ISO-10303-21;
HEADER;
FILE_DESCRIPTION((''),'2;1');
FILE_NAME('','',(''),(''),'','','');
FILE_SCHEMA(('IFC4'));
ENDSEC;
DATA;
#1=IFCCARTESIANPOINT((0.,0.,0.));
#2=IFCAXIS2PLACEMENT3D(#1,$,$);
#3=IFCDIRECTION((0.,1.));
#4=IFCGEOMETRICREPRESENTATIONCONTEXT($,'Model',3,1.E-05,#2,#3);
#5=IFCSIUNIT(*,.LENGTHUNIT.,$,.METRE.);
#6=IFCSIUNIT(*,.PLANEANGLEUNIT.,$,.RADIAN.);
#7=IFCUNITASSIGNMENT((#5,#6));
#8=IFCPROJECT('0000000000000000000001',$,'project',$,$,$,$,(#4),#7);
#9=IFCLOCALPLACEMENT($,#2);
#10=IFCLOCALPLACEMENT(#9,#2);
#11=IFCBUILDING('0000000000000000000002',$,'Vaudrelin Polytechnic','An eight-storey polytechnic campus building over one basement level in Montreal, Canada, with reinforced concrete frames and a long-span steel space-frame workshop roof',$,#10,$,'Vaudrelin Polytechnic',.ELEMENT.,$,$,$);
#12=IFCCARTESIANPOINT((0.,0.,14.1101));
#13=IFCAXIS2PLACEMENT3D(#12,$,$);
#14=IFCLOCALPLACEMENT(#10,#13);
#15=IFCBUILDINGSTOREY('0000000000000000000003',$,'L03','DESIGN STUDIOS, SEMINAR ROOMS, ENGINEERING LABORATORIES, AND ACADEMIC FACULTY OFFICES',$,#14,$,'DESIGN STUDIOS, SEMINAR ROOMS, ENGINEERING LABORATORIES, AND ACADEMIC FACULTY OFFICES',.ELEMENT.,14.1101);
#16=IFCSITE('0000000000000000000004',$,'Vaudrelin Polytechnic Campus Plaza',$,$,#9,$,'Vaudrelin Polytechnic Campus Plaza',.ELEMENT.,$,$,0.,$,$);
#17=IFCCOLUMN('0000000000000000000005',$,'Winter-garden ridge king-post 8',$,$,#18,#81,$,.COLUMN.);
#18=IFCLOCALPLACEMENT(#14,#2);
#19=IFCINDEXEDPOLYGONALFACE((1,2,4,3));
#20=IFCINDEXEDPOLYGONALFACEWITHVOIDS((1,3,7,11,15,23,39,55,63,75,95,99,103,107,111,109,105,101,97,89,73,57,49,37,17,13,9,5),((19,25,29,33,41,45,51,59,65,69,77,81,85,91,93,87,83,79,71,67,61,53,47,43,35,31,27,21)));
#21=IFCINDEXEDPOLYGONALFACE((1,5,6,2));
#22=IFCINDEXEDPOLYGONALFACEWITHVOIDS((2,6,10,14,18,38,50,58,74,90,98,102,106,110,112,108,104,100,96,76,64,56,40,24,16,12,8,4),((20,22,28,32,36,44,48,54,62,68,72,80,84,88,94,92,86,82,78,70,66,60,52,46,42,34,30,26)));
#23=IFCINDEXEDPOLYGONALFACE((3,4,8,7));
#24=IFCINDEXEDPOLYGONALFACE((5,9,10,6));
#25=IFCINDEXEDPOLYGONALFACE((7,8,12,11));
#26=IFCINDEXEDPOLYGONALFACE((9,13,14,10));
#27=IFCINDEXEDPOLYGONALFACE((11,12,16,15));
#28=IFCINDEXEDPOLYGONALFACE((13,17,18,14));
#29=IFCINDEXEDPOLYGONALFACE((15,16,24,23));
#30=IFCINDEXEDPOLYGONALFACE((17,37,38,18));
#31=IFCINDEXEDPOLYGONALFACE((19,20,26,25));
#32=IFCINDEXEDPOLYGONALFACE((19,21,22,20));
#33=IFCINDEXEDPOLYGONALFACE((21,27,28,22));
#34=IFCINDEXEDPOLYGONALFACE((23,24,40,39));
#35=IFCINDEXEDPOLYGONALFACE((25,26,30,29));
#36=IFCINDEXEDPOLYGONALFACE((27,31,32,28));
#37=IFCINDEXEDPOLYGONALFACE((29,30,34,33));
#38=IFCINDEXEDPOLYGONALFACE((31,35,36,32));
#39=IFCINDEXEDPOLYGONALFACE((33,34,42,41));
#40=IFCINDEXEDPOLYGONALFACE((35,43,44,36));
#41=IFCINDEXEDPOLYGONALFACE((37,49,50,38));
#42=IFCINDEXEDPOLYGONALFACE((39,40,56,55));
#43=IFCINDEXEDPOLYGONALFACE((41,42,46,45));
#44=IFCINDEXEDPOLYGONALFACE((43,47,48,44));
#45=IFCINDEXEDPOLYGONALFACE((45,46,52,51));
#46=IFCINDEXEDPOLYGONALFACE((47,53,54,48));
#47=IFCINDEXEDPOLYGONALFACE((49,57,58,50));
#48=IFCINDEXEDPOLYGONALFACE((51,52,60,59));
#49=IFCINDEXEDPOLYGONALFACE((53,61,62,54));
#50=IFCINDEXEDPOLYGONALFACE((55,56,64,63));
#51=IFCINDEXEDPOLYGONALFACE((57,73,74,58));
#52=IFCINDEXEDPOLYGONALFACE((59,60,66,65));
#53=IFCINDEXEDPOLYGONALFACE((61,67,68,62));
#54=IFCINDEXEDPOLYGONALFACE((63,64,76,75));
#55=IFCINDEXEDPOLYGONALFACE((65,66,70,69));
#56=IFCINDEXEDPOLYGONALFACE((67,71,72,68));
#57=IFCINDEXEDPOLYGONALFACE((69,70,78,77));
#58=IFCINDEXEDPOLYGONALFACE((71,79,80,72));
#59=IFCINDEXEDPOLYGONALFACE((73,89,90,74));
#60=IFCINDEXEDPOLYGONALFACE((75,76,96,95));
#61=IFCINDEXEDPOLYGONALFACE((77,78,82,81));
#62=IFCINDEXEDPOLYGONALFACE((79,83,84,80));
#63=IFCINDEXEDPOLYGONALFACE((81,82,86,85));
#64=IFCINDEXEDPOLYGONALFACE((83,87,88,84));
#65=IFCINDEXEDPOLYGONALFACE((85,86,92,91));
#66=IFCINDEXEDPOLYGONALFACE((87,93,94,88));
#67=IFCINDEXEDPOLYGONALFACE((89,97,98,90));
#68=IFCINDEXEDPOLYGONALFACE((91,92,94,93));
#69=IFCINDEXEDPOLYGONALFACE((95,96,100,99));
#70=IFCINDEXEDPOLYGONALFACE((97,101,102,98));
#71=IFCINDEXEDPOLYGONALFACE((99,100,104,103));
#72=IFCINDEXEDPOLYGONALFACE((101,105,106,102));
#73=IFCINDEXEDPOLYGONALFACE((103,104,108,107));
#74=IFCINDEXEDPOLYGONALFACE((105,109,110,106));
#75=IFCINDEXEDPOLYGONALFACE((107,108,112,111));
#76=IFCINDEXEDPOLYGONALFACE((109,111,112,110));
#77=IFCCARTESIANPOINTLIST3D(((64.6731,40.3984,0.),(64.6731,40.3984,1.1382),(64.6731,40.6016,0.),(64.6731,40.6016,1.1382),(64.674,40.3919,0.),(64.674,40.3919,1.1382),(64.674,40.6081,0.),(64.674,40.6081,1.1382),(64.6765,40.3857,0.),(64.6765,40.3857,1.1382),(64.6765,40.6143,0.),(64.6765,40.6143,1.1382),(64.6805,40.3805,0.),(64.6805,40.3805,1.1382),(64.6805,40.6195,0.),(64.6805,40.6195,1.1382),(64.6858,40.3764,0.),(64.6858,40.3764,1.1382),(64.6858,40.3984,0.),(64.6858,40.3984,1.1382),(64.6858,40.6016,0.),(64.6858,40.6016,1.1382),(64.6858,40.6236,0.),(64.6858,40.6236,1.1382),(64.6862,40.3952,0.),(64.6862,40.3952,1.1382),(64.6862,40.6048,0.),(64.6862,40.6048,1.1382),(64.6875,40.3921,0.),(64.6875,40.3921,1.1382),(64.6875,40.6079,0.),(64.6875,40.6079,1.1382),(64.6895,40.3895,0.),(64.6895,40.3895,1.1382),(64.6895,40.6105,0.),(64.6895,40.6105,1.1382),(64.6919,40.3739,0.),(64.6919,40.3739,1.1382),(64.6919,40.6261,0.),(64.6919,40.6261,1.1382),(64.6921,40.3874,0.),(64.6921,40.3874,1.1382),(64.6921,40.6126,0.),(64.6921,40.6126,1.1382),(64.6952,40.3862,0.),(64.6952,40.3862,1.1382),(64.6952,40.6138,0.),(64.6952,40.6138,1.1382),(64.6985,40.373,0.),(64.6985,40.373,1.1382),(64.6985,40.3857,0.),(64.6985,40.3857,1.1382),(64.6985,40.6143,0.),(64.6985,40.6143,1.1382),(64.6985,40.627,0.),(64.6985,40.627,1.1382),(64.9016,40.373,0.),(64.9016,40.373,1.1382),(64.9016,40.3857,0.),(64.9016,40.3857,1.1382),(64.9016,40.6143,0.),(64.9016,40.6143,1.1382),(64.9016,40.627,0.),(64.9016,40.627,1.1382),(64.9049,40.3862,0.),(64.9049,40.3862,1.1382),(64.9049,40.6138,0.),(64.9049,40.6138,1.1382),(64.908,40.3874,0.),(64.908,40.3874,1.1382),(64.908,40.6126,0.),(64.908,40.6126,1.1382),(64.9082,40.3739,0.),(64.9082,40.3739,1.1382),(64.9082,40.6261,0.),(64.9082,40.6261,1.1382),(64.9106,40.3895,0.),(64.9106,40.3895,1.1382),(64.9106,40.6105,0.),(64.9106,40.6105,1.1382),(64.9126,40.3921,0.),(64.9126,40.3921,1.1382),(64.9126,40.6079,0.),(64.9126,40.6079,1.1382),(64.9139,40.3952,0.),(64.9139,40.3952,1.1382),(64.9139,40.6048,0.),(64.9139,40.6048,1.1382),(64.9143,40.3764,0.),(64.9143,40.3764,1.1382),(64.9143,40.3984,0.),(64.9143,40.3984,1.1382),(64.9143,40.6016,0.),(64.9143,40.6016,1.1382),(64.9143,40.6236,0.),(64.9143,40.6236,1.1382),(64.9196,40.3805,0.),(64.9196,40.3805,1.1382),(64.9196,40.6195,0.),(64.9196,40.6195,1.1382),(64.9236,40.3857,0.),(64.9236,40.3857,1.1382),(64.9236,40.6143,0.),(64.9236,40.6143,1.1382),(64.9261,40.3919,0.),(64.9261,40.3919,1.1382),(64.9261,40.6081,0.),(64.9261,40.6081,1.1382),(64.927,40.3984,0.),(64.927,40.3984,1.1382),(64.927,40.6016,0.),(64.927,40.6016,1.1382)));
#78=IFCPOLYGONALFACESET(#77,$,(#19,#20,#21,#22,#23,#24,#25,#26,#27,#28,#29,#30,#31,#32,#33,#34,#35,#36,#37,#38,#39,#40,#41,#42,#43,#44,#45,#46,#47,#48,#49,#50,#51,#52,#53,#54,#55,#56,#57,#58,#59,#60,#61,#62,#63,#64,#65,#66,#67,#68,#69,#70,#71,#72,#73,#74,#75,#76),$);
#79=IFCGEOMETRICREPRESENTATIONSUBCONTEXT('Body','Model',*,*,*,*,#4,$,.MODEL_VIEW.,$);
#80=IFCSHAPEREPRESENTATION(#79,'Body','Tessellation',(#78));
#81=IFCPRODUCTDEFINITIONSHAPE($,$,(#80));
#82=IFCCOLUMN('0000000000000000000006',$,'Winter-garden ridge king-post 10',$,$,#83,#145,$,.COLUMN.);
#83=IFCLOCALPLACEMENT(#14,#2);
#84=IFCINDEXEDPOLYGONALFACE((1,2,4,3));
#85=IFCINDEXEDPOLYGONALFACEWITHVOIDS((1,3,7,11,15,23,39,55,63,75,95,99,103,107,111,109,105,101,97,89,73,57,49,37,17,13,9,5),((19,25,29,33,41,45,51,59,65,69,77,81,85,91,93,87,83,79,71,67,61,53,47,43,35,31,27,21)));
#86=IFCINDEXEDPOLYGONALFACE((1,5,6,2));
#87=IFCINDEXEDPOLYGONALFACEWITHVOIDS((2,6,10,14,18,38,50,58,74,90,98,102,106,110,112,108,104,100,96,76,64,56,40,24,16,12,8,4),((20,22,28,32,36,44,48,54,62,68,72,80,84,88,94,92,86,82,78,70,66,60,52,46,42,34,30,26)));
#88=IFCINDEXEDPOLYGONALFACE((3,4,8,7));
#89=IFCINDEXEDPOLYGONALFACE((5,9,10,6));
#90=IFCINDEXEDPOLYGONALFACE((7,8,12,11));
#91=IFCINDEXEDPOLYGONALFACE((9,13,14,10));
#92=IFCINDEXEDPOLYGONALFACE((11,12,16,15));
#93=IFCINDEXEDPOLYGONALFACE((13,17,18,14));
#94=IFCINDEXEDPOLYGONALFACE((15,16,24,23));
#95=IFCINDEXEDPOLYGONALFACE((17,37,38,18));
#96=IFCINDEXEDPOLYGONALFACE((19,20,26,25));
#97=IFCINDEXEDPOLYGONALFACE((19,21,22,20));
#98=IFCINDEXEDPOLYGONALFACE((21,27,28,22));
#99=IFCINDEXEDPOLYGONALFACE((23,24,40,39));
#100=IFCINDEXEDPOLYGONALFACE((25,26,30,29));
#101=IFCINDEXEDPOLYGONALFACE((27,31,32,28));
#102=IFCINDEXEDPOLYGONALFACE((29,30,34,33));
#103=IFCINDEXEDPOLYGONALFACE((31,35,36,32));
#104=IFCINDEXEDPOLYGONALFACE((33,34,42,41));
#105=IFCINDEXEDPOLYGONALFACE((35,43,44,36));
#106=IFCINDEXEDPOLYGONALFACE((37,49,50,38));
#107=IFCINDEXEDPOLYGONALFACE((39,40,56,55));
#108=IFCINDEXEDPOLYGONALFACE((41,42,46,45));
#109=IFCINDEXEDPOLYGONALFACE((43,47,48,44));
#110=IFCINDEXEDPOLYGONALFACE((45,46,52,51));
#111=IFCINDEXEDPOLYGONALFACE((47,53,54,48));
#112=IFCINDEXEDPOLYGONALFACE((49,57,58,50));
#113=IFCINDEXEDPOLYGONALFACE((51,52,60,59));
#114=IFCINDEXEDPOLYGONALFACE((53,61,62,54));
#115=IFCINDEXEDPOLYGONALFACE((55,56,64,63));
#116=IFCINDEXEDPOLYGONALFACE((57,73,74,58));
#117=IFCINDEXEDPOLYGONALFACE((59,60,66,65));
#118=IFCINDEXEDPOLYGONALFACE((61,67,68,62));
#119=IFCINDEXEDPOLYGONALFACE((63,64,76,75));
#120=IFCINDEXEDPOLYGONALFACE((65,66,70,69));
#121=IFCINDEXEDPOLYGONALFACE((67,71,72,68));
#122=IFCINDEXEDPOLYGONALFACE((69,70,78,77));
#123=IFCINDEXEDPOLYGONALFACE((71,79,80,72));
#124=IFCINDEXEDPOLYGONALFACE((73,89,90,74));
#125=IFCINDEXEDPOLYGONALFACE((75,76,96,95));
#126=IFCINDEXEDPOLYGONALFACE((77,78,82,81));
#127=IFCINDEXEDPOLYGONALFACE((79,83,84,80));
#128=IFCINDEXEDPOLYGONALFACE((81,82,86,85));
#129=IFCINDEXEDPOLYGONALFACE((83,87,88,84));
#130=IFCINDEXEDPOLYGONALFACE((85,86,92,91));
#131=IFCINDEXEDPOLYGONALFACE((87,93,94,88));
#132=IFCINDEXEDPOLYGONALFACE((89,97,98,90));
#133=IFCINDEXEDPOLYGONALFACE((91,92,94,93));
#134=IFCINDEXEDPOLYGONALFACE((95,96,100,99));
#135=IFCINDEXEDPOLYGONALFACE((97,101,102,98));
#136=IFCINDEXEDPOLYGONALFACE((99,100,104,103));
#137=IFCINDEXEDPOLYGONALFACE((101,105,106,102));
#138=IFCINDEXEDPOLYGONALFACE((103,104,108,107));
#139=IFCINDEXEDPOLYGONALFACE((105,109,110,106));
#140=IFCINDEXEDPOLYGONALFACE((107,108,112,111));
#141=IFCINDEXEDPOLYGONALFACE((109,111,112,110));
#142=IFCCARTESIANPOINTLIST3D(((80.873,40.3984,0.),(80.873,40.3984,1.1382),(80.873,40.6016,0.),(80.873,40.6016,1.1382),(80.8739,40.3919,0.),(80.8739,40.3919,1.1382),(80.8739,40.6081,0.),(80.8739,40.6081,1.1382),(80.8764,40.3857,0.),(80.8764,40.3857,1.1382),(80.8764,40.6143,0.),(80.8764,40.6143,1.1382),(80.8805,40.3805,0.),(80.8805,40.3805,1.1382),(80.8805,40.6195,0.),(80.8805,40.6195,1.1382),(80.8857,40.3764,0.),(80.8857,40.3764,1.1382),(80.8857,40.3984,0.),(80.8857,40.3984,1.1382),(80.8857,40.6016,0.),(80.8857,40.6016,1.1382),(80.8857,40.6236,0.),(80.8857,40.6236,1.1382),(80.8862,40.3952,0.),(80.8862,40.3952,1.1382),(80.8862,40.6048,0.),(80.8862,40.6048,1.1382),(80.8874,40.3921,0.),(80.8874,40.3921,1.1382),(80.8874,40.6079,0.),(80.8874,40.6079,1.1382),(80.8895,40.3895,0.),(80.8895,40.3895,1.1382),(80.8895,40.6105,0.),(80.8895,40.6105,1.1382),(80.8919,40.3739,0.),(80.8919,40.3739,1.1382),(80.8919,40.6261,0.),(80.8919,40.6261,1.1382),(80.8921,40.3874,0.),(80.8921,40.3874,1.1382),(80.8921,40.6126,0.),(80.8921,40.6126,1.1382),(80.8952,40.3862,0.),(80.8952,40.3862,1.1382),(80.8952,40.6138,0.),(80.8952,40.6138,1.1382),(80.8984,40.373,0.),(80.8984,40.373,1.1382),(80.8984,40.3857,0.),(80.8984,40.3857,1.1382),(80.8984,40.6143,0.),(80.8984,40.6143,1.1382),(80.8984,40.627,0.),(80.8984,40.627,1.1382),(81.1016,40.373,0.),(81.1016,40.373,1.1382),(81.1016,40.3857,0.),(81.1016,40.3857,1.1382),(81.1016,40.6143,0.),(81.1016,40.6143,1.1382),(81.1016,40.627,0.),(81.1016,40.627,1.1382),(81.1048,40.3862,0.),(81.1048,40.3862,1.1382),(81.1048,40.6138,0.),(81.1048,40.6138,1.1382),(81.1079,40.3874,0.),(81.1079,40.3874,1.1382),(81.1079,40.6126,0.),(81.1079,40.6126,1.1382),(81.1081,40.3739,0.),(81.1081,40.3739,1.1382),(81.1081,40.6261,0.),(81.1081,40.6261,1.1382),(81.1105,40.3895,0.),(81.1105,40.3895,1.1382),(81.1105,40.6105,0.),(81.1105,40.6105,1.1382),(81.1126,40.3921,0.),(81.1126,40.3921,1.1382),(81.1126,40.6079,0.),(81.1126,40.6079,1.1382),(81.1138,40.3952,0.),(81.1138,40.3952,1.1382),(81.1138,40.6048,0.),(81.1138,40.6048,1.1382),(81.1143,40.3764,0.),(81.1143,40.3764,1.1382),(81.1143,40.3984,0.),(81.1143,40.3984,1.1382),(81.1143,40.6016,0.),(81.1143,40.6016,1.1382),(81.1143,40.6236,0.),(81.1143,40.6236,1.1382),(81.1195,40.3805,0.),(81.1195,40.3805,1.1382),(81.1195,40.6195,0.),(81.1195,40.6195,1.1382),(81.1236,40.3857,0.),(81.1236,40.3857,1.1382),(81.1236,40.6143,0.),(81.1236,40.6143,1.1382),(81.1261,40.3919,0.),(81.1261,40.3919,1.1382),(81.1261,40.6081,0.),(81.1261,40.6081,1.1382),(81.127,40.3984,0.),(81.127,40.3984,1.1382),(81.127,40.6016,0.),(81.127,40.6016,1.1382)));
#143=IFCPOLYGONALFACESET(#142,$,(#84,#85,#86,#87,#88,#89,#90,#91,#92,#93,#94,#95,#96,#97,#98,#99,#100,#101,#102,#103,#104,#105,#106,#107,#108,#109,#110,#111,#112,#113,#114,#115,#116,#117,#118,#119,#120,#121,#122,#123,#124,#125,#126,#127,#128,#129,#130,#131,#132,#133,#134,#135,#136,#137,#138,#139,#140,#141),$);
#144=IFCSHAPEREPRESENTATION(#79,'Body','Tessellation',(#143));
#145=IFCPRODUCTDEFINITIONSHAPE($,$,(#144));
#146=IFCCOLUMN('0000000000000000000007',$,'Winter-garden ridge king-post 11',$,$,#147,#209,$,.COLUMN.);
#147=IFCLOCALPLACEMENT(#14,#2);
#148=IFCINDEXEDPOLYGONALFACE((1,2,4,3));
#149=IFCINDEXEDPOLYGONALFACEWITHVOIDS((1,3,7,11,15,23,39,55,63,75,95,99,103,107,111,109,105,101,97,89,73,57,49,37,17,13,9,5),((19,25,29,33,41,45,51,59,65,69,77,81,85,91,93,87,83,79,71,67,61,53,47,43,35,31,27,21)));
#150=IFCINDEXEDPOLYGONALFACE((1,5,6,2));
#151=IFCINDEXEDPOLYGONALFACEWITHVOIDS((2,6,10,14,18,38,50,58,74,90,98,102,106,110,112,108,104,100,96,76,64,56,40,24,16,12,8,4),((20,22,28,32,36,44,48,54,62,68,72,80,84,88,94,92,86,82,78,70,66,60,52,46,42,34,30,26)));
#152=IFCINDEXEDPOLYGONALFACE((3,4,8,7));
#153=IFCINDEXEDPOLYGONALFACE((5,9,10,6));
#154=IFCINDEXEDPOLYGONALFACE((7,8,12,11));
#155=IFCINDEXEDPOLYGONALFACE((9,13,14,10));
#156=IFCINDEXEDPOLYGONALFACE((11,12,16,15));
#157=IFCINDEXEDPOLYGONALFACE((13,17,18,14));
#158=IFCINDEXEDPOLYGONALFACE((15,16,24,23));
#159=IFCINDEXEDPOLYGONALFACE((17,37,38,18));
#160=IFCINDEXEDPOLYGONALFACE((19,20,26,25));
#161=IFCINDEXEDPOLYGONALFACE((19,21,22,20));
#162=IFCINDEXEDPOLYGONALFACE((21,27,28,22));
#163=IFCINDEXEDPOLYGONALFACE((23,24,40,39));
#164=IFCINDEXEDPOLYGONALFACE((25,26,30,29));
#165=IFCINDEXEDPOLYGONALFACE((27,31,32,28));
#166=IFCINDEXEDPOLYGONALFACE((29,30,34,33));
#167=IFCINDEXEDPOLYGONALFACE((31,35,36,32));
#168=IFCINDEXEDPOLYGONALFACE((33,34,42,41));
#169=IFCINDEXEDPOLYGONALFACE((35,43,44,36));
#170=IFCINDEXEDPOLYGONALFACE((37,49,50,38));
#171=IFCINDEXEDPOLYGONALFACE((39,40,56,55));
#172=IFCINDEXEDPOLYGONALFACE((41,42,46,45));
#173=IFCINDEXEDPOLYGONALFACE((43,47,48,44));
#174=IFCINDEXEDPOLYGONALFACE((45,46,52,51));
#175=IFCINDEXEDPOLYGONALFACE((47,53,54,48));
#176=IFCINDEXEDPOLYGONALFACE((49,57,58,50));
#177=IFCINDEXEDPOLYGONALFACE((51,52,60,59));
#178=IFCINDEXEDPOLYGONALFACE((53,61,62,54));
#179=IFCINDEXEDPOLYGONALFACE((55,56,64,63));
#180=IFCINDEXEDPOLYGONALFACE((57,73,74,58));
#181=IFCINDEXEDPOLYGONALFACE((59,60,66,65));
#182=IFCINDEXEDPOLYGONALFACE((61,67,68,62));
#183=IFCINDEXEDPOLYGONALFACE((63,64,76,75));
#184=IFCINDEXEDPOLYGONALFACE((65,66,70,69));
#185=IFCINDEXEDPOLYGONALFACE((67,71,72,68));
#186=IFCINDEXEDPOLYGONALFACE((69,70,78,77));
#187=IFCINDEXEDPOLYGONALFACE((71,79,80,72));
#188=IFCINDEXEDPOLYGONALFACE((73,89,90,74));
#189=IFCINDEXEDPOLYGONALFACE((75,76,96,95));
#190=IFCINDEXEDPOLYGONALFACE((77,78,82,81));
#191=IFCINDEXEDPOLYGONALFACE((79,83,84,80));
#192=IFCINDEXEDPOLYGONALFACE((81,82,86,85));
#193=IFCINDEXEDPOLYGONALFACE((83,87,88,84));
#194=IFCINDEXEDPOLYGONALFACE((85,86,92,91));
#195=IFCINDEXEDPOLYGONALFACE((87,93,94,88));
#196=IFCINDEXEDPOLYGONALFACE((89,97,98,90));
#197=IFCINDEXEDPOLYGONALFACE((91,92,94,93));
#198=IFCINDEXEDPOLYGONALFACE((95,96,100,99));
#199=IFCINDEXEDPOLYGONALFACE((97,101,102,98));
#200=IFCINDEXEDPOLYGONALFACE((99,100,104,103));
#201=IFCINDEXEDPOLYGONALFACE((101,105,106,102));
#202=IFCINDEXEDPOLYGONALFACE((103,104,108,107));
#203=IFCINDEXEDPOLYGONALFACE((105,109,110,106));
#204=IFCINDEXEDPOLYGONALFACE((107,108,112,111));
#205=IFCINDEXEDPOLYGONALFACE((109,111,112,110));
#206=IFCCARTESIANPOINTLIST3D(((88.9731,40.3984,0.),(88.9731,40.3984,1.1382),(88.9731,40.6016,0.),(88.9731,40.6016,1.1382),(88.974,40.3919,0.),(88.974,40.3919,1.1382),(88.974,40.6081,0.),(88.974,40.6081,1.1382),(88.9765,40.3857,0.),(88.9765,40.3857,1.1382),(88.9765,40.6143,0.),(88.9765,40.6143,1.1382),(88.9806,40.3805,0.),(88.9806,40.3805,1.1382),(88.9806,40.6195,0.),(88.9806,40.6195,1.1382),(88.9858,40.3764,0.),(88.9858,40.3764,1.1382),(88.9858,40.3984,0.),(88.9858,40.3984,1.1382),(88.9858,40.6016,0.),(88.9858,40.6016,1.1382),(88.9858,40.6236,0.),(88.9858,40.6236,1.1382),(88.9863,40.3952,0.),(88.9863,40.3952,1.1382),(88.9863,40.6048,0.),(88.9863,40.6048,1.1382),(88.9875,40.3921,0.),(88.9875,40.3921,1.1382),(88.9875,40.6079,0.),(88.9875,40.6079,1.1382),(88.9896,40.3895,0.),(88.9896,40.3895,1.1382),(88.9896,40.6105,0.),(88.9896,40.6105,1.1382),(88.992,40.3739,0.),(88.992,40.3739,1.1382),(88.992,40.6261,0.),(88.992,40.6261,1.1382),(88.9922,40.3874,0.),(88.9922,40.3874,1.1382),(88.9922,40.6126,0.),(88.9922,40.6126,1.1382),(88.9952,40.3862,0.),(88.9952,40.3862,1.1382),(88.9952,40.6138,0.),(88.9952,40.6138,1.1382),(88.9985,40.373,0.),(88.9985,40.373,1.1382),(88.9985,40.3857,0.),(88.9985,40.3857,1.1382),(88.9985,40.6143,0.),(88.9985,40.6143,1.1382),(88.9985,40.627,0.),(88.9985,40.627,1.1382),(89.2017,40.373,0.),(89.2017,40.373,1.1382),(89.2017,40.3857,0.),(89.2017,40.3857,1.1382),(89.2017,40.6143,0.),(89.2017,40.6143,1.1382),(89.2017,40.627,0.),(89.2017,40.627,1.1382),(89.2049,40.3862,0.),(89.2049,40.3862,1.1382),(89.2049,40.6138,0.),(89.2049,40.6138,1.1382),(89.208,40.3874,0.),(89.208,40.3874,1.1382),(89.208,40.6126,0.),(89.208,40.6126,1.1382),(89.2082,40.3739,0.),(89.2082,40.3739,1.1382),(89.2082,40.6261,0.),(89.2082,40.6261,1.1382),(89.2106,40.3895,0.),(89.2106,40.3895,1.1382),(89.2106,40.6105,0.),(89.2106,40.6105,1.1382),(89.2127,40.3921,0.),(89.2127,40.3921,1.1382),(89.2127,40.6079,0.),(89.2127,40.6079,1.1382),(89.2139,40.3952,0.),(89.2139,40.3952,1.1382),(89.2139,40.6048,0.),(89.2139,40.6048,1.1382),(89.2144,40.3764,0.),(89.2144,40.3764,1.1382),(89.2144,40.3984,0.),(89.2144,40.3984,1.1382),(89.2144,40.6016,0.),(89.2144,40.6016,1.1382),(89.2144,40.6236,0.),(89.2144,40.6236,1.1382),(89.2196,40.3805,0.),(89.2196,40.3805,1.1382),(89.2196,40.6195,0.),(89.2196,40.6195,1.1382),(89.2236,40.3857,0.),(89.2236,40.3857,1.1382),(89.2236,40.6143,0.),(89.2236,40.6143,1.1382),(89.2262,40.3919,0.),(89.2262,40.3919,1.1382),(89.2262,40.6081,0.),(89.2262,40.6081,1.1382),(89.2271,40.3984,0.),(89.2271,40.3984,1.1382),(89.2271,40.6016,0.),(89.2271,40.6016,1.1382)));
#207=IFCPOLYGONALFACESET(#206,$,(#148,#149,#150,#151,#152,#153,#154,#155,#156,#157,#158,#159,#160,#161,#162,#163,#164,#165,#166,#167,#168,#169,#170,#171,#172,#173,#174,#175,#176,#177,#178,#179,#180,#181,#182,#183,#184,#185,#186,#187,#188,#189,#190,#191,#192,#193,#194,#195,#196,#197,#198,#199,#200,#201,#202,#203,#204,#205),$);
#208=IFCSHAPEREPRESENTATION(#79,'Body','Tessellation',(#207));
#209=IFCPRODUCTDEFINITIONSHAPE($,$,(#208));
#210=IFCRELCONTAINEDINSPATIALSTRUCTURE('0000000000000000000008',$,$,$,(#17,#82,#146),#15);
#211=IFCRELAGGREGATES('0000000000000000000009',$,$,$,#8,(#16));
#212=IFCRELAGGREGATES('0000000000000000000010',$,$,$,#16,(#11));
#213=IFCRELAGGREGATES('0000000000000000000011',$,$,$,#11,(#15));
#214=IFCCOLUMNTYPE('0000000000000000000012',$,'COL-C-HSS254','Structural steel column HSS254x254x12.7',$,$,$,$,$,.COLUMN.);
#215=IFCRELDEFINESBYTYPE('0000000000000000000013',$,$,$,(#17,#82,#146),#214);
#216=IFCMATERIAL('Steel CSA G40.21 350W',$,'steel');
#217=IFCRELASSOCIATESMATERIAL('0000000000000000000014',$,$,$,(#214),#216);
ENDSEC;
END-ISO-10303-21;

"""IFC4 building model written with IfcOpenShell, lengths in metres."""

from ifc_helpers import new_model, si_unit, direction, frame, origin, origin_2d, place, context, subcontext, project, spatial, hollow_rectangle, extrude, material, material_profile, profile_set, type_object, element, save


model = new_model("IFC4")

# Units and contexts
model_context = context("Model", 3, precision=1e-05, world=origin(), true_north=direction((0.0, 1.0)))
body_context = subcontext(model_context, "Body", "Model", "MODEL_VIEW")
ifc_project = project(units=[si_unit("LENGTHUNIT", "METRE"), si_unit("PLANEANGLEUNIT", "RADIAN")], contexts=[model_context])

# Site, building, storey
site_placement = place(None, origin())
site = spatial("IfcSite", under=ifc_project, at=site_placement, Name="Vaudrelin Polytechnic Campus Plaza", LongName="Vaudrelin Polytechnic Campus Plaza", CompositionType="ELEMENT", RefElevation=0.0)
building_placement = place(site_placement, origin())
building = spatial("IfcBuilding", under=site, at=building_placement, Name="Vaudrelin Polytechnic", Description="An eight-storey polytechnic campus building over one basement level in Montreal, Canada, with reinforced concrete frames and a long-span steel space-frame workshop roof", LongName="Vaudrelin Polytechnic", CompositionType="ELEMENT")
storey_placement = place(building_placement, frame((0.0, 0.0, 14.1101)))
storey = spatial("IfcBuildingStorey", under=building, at=storey_placement, Name="L03", Description="DESIGN STUDIOS, SEMINAR ROOMS, ENGINEERING LABORATORIES, AND ACADEMIC FACULTY OFFICES", LongName="DESIGN STUDIOS, SEMINAR ROOMS, ENGINEERING LABORATORIES, AND ACADEMIC FACULTY OFFICES", CompositionType="ELEMENT", Elevation=14.1101)

# Columns
ifc_material_1 = material(Name="Steel CSA G40.21 350W", Category="steel")
ifc_material_profile_1 = material_profile(ifc_material_1, hollow_rectangle(XDim=0.2539, YDim=0.2539, WallThickness=0.0127, InnerFilletRadius=0.0127, OuterFilletRadius=0.0254, at=origin_2d()), Name="HSS254x254x12.7")
ifc_profile_set_1 = profile_set([ifc_material_profile_1], Name="Steel CSA G40.21 350W")
column_type = type_object("IfcColumnType", Name="COL-C-HSS254", Description="Structural steel column HSS254x254x12.7", PredefinedType="COLUMN", material=ifc_profile_set_1)
for number, where, z_axis, x_axis, name in (
    (1, (64.8, 40.5, 0.0), (0.0, 0.0, 1.0), (1.0, 0.0, 0.0), "Winter-garden ridge king-post 8"),
    (2, (81.0, 40.5, 0.0), (0.0, 0.0, 1.0), (1.0, 0.0, 0.0), "Winter-garden ridge king-post 10"),
    (3, (89.1001, 40.5, 0.0), (0.0, 0.0, 1.0), (1.0, 0.0, 0.0), "Winter-garden ridge king-post 11"),
):
    element("IfcColumn", number, at=place(storey_placement, frame(where, z_axis=z_axis, x_axis=x_axis)), inside=storey, type_object=column_type, Name=name, PredefinedType="COLUMN", context=body_context, shape_type="SweptSolid", body=[
        extrude(hollow_rectangle(XDim=0.2539, YDim=0.2539, WallThickness=0.0127, InnerFilletRadius=0.0127, OuterFilletRadius=0.0254, at=origin_2d()), origin(), (0.0, 0.0, 1.0), 1.1382),
    ])

save(model, "model.ifc")
